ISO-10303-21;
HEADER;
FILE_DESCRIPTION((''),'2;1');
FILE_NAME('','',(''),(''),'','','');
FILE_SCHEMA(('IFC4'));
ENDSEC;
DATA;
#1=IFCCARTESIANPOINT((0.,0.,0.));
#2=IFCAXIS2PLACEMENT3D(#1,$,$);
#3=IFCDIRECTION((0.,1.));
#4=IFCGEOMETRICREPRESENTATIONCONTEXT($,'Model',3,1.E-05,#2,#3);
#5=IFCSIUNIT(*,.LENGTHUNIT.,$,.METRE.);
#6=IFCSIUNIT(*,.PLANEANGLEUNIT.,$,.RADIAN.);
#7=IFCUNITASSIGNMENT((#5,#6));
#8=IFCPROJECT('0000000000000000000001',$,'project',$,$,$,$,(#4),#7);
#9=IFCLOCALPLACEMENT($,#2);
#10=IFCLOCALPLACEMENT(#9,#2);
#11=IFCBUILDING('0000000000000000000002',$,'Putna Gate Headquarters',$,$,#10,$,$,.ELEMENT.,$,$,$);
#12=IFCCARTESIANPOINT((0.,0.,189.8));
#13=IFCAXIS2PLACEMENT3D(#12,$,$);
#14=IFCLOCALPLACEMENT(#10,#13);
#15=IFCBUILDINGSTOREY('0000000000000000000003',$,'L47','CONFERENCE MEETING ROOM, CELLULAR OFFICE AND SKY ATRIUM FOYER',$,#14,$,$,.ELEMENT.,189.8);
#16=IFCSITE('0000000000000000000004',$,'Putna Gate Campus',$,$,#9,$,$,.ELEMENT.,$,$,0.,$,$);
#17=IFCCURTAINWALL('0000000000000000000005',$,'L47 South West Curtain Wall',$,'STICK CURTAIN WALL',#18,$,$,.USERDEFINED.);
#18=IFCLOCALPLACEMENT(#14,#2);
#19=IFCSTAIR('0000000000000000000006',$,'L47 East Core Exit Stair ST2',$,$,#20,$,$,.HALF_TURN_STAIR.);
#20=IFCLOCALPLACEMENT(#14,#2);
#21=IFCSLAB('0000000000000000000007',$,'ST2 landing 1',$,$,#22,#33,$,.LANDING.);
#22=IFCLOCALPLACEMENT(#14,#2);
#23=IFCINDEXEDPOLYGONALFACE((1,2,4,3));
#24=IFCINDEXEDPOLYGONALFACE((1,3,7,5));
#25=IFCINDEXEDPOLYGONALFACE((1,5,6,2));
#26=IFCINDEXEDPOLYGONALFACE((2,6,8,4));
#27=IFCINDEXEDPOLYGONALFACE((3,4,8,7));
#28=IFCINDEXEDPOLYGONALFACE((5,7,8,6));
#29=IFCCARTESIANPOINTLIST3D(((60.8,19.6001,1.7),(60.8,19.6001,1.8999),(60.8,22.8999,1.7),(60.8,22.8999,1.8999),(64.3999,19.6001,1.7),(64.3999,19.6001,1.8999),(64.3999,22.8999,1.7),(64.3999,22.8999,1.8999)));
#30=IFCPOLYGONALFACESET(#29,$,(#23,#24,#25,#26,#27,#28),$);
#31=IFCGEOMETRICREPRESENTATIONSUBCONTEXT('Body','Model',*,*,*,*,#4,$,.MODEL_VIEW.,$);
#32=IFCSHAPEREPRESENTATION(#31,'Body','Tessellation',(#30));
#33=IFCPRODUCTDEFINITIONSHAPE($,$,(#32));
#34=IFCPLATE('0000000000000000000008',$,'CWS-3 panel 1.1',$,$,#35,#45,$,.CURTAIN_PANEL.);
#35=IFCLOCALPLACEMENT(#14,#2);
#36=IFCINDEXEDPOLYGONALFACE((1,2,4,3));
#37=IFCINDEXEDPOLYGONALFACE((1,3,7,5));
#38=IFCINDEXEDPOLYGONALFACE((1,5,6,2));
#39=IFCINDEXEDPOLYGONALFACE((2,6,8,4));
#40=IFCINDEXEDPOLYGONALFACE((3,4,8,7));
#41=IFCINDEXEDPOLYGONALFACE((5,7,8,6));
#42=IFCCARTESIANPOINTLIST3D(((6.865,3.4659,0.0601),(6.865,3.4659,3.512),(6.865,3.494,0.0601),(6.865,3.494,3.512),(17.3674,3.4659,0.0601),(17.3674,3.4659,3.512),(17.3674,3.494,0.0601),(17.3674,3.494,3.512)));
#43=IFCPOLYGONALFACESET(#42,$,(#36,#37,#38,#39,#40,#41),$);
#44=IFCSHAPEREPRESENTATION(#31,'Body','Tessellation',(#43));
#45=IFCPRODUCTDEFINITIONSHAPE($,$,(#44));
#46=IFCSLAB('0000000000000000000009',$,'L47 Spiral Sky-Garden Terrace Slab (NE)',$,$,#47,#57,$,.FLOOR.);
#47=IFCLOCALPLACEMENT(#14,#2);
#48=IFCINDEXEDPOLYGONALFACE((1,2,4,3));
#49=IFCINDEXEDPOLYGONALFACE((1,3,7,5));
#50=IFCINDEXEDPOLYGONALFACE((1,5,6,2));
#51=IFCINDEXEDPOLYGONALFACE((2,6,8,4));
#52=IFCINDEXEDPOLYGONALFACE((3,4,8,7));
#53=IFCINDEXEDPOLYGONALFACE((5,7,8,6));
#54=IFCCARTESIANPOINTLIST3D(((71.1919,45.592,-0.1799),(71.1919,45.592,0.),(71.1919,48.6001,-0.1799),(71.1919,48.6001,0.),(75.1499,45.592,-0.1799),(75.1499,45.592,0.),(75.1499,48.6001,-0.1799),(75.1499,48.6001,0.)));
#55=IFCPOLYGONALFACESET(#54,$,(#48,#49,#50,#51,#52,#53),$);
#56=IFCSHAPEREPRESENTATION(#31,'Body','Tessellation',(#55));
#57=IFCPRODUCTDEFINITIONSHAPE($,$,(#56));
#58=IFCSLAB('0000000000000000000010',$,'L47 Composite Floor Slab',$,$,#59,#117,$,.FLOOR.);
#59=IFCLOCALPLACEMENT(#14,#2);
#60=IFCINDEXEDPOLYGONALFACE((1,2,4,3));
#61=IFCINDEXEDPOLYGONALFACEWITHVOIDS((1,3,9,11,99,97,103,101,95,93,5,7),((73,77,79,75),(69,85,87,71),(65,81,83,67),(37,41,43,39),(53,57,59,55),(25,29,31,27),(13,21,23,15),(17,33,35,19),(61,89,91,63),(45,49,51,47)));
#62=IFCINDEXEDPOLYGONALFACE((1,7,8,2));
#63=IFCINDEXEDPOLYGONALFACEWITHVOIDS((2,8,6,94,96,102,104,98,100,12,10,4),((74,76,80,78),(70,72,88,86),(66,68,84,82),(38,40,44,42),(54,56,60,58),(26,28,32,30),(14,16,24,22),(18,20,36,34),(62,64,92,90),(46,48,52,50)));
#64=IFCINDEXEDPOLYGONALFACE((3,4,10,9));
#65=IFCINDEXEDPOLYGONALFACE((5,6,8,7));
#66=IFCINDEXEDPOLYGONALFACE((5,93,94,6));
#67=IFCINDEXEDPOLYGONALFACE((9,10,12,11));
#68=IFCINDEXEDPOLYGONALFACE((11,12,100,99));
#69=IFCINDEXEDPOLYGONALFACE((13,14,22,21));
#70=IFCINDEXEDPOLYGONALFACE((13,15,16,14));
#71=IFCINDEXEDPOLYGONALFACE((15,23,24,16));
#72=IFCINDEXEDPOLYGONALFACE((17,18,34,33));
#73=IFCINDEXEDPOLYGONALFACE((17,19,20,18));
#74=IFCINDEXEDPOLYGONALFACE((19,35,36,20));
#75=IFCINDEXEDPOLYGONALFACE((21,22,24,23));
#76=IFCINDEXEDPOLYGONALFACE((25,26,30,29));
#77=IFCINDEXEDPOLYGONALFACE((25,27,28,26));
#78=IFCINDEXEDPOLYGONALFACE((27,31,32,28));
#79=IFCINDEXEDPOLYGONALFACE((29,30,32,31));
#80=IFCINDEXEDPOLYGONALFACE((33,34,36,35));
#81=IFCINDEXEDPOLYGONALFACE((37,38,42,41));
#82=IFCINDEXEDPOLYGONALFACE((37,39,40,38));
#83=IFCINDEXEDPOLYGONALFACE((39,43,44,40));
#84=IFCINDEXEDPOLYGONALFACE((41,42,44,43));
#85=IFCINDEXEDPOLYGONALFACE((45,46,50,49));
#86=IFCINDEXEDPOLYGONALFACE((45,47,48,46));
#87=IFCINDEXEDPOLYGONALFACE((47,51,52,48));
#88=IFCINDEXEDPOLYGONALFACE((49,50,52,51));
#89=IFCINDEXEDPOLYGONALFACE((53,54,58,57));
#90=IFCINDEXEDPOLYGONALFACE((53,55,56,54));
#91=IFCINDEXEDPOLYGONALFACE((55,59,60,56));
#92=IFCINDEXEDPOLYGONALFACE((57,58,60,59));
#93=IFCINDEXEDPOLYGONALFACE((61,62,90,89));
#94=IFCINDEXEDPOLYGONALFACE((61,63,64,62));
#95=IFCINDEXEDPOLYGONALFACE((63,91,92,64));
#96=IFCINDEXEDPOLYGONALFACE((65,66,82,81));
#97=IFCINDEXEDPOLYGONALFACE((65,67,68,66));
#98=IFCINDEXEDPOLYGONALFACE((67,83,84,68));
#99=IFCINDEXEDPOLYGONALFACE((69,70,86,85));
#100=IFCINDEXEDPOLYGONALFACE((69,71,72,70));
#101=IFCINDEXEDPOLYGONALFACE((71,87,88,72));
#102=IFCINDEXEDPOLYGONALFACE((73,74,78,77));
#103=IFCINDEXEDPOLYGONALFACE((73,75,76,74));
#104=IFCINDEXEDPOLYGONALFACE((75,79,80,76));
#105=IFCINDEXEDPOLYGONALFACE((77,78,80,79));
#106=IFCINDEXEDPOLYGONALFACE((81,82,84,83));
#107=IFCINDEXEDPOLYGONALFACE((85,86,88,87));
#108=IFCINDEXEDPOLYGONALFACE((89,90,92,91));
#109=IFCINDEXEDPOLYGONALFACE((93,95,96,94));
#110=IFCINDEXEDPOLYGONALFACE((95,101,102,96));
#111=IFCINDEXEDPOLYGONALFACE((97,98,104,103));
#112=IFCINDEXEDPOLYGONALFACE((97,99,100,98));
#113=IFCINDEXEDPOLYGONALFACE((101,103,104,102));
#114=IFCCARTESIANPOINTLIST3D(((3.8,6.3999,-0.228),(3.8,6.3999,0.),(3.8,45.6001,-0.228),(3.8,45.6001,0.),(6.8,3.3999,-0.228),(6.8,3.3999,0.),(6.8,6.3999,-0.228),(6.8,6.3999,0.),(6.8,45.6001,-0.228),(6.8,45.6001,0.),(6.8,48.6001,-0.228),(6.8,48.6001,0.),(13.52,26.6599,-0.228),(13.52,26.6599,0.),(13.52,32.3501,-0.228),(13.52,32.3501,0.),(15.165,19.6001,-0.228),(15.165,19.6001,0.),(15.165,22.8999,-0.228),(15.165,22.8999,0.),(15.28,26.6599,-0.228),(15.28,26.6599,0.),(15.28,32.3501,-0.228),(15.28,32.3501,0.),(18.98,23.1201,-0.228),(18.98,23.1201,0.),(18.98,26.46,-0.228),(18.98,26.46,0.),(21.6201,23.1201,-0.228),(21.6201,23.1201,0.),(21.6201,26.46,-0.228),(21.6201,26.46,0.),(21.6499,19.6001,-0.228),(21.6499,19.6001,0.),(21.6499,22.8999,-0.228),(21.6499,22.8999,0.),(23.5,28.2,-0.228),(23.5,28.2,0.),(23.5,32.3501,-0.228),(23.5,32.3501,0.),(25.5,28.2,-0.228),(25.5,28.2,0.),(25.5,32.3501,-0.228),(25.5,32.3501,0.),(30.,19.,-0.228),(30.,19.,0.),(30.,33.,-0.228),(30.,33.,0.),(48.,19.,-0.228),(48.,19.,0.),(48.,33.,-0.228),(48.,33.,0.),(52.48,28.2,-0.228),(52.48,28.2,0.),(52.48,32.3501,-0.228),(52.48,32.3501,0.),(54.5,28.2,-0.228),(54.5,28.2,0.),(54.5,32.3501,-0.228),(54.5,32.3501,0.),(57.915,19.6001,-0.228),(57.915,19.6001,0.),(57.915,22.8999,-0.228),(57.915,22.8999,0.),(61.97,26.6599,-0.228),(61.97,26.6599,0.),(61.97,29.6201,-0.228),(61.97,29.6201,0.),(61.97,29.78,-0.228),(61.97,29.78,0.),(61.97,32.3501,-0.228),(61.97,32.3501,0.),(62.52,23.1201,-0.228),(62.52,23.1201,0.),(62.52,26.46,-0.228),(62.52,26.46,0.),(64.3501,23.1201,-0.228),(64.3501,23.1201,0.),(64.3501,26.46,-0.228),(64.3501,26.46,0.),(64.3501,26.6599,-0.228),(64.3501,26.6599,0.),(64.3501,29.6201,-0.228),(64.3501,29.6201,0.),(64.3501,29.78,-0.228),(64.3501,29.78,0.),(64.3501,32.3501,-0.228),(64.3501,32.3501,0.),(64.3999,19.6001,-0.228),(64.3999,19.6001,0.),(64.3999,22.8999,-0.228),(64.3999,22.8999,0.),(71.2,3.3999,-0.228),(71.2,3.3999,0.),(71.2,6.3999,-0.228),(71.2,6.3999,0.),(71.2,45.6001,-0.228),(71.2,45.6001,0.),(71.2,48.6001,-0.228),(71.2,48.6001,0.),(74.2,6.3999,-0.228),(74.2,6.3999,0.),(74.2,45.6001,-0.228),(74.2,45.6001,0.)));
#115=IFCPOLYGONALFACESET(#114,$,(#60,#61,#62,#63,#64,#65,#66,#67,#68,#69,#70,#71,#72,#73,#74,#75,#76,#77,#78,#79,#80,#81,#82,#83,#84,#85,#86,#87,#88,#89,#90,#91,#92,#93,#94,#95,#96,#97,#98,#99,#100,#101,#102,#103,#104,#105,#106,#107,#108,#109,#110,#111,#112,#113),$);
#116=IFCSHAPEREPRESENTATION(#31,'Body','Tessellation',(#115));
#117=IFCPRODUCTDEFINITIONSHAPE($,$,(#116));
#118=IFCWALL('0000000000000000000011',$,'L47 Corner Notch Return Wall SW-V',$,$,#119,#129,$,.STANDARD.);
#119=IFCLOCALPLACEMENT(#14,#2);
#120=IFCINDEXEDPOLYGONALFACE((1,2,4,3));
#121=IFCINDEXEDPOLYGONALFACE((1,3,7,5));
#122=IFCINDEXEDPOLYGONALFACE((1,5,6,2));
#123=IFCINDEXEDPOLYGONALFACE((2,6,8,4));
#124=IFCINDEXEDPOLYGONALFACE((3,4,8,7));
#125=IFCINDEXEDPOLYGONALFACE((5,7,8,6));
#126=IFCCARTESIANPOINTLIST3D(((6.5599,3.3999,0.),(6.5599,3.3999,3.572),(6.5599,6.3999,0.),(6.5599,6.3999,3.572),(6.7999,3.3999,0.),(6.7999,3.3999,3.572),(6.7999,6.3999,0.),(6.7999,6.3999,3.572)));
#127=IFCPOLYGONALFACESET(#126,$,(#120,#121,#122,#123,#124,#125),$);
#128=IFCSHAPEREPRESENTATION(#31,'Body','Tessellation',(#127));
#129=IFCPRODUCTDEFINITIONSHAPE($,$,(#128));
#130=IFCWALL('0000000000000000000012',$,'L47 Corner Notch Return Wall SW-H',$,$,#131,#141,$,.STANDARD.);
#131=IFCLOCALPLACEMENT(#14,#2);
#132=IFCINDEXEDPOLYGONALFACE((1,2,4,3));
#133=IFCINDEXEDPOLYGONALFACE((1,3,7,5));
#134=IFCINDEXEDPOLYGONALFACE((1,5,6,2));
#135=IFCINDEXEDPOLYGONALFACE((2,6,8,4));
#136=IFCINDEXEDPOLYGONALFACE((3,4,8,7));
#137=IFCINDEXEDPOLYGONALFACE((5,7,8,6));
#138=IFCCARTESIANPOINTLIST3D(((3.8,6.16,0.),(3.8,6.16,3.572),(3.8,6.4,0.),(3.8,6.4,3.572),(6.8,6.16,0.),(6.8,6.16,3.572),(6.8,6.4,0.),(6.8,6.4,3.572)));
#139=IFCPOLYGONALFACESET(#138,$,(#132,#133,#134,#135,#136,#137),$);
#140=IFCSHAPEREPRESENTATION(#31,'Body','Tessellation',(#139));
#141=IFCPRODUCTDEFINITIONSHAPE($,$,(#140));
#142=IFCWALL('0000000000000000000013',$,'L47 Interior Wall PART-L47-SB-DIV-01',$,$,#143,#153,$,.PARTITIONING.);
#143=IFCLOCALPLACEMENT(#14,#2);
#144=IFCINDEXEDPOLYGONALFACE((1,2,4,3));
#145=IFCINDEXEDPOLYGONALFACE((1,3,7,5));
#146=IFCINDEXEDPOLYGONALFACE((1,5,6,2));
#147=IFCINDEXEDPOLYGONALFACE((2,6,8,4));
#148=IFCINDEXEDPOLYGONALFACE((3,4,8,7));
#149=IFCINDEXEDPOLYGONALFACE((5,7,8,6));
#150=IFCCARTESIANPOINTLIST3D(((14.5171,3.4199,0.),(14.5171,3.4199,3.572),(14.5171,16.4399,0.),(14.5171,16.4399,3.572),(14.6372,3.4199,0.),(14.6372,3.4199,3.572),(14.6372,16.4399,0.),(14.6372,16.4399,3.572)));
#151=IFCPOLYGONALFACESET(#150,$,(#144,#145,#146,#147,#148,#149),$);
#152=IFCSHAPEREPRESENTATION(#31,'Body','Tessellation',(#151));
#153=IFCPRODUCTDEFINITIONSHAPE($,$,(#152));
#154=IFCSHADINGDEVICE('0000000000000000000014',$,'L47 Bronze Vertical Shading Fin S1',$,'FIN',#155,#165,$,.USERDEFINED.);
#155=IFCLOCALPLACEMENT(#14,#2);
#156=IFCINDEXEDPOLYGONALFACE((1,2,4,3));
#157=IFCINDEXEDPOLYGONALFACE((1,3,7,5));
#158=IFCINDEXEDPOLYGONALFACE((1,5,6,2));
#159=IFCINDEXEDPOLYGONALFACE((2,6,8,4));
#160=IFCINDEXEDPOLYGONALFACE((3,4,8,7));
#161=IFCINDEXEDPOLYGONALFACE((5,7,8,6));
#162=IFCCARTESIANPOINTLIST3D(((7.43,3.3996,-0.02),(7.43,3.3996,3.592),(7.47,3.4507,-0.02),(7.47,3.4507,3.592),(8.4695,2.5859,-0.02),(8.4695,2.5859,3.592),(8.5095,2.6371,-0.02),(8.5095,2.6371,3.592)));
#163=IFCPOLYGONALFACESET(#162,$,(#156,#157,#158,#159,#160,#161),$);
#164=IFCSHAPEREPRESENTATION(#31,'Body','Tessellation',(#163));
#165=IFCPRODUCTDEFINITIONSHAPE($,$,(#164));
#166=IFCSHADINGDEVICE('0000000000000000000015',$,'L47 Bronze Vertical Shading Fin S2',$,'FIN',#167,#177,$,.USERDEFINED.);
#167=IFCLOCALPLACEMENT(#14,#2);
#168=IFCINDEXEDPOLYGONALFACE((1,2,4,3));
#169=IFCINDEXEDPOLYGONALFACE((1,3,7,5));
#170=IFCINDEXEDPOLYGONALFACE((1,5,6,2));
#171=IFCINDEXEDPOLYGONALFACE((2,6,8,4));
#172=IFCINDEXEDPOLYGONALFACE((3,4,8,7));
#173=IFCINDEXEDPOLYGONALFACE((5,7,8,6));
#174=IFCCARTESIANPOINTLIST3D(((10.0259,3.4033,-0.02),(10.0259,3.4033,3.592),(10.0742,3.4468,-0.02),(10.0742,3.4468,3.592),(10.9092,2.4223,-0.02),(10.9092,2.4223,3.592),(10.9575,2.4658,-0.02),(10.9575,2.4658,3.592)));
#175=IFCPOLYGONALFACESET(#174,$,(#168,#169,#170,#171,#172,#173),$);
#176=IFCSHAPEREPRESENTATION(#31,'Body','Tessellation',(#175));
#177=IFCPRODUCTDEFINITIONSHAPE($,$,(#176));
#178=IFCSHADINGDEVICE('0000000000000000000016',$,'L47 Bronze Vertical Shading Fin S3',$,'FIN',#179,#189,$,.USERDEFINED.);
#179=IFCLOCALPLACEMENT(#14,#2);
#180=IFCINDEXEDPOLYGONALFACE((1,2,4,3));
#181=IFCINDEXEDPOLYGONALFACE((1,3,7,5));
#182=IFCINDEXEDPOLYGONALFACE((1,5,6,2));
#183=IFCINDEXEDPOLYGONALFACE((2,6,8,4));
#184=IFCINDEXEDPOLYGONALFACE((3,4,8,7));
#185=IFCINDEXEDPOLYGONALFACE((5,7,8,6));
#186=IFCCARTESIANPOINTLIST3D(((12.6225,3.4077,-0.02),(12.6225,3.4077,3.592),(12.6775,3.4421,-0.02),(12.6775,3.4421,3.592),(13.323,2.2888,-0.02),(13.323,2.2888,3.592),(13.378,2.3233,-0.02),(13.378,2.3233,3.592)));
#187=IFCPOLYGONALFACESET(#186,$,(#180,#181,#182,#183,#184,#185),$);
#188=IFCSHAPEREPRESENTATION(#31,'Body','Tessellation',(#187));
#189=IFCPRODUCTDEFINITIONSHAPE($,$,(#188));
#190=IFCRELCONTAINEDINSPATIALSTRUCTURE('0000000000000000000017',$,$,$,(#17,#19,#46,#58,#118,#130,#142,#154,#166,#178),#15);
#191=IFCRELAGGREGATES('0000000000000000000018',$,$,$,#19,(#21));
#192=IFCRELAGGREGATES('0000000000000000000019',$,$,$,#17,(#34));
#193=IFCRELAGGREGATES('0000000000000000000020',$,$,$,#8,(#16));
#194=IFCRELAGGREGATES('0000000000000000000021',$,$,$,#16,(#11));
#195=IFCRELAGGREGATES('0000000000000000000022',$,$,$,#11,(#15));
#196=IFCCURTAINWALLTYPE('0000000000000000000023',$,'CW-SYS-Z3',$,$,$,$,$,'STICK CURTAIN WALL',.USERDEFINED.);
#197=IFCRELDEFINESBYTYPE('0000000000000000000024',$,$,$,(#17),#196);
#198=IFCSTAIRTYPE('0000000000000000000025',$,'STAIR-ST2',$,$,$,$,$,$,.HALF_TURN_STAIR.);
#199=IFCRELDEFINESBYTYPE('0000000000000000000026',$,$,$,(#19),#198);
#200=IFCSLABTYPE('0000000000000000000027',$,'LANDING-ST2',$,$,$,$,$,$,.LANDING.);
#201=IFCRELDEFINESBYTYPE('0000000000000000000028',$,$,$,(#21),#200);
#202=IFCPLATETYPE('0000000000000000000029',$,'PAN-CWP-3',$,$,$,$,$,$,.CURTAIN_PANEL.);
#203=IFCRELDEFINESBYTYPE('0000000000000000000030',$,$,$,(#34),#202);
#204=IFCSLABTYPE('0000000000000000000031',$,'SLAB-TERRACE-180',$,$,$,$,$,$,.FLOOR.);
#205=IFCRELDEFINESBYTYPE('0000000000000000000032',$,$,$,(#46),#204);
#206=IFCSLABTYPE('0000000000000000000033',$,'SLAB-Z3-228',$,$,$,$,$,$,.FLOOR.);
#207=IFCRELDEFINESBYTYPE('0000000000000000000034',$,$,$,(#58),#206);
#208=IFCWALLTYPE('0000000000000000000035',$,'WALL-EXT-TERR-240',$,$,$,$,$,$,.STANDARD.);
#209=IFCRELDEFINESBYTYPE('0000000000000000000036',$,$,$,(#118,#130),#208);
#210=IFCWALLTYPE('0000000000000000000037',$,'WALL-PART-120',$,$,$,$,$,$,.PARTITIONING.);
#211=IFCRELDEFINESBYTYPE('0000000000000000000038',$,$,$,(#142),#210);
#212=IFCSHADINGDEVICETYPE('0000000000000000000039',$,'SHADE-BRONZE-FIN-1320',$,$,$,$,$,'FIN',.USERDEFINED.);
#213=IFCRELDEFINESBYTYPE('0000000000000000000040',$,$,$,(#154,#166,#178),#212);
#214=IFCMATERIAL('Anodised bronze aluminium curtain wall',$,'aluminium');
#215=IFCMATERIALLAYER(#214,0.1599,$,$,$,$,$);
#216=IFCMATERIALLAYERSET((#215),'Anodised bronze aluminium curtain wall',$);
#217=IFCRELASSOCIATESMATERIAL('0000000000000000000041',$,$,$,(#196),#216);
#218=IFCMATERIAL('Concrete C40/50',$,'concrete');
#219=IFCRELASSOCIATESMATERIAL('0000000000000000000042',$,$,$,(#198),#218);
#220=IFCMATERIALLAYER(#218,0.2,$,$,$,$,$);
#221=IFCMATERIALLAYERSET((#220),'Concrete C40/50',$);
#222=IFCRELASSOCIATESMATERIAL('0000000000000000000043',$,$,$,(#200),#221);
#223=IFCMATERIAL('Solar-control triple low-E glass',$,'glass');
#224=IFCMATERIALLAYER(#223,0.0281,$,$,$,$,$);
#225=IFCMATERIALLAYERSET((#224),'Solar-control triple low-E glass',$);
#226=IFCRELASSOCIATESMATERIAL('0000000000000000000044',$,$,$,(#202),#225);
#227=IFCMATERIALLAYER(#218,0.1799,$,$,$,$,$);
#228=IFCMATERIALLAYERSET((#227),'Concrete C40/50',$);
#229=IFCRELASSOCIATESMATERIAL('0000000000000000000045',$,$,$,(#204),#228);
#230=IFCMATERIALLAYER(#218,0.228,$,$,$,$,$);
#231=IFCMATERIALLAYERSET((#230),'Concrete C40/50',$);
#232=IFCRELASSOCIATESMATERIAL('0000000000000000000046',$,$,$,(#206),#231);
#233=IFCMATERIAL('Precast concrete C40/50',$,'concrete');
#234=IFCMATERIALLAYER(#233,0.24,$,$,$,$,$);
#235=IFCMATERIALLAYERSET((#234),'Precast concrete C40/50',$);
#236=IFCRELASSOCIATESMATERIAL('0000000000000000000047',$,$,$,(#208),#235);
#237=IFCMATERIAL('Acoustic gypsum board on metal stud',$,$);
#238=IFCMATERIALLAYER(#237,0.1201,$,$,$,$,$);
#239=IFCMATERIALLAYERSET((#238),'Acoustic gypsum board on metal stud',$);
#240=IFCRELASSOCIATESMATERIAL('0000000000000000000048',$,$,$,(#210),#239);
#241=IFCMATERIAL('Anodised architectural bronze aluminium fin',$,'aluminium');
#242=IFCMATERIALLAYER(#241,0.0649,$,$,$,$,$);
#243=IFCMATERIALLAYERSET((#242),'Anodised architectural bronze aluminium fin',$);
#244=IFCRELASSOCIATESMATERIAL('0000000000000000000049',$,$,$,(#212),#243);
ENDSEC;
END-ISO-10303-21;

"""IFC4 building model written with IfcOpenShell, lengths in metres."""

from ifc_helpers import new_model, si_unit, direction, frame, frame_2d, origin, origin_2d, place, context, subcontext, project, spatial, polyline, rectangle, outline, extrude, material, layer, layer_set, type_object, element, aggregate, save


model = new_model("IFC4")

# Units and contexts
model_context = context("Model", 3, precision=1e-05, world=origin(), true_north=direction((0.0, 1.0)))
body_context = subcontext(model_context, "Body", "Model", "MODEL_VIEW")
ifc_project = project(units=[si_unit("LENGTHUNIT", "METRE"), si_unit("PLANEANGLEUNIT", "RADIAN")], contexts=[model_context])

# Site, building, storey
site_placement = place(None, origin())
site = spatial("IfcSite", under=ifc_project, at=site_placement, Name="Putna Gate Campus", CompositionType="ELEMENT", RefElevation=0.0)
building_placement = place(site_placement, origin())
building = spatial("IfcBuilding", under=site, at=building_placement, Name="Putna Gate Headquarters", CompositionType="ELEMENT")
storey_placement = place(building_placement, frame((0.0, 0.0, 189.8)))
storey = spatial("IfcBuildingStorey", under=building, at=storey_placement, Name="L47", Description="CONFERENCE MEETING ROOM, CELLULAR OFFICE AND SKY ATRIUM FOYER", CompositionType="ELEMENT", Elevation=189.8)

# Curtain wall
ifc_material_1 = material(Name="Anodised bronze aluminium curtain wall", Category="aluminium")
ifc_layer_1 = layer(ifc_material_1, 0.1599)
ifc_layer_set_1 = layer_set([ifc_layer_1], Name="Anodised bronze aluminium curtain wall")
curtain_wall_type = type_object("IfcCurtainWallType", Name="CW-SYS-Z3", ElementType="STICK CURTAIN WALL", PredefinedType="USERDEFINED", material=ifc_layer_set_1)
curtain_wall_1_placement = place(storey_placement, origin())
curtain_wall_1 = element("IfcCurtainWall", 1, at=curtain_wall_1_placement, inside=storey, type_object=curtain_wall_type, Name="L47 South West Curtain Wall", ObjectType="STICK CURTAIN WALL", PredefinedType="USERDEFINED")

# Stair, slab
ifc_material_2 = material(Name="Concrete C40/50", Category="concrete")
stair_type_1 = type_object("IfcStairType", Name="STAIR-ST2", PredefinedType="HALF_TURN_STAIR", material=ifc_material_2)
stair_1_placement = place(storey_placement, origin())
stair_1 = element("IfcStair", 2, at=stair_1_placement, inside=storey, type_object=stair_type_1, Name="L47 East Core Exit Stair ST2", PredefinedType="HALF_TURN_STAIR")
ifc_layer_2 = layer(ifc_material_2, 0.2)
ifc_layer_set_2 = layer_set([ifc_layer_2], Name="Concrete C40/50")
slab_type_1 = type_object("IfcSlabType", Name="LANDING-ST2", PredefinedType="LANDING", material=ifc_layer_set_2)
slab_1_placement = place(storey_placement, frame((0.0, 0.0, 1.7)))
slab_1 = element("IfcSlab", 3, at=slab_1_placement, type_object=slab_type_1, Name="ST2 landing 1", PredefinedType="LANDING", context=body_context, shape_type="SweptSolid", body=[
    extrude(outline(polyline([(60.8, 19.6001), (64.3999, 19.6001), (64.3999, 22.8999), (60.8, 22.8999), (60.8, 19.6001)])), origin(), (0.0, 0.0, 1.0), 0.2),
])
aggregate(stair_1, [slab_1])

# Plate
ifc_material_3 = material(Name="Solar-control triple low-E glass", Category="glass")
ifc_layer_3 = layer(ifc_material_3, 0.0281)
ifc_layer_set_3 = layer_set([ifc_layer_3], Name="Solar-control triple low-E glass")
plate_type = type_object("IfcPlateType", Name="PAN-CWP-3", PredefinedType="CURTAIN_PANEL", material=ifc_layer_set_3)
plate_placement = place(storey_placement, frame((12.1162, 3.48, 0.0601), z_axis=(0.0, 0.0, 1.0), x_axis=(1.0, 0.0, 0.0)))
plate = element("IfcPlate", 4, at=plate_placement, type_object=plate_type, Name="CWS-3 panel 1.1", PredefinedType="CURTAIN_PANEL", context=body_context, shape_type="SweptSolid", body=[
    extrude(rectangle(XDim=10.5024, YDim=0.0281, at=origin_2d()), origin(), (0.0, 0.0, 1.0), 3.4519),
])
aggregate(curtain_wall_1, [plate])

# Slabs
ifc_layer_4 = layer(ifc_material_2, 0.1799)
ifc_layer_set_4 = layer_set([ifc_layer_4], Name="Concrete C40/50")
slab_type_2 = type_object("IfcSlabType", Name="SLAB-TERRACE-180", PredefinedType="FLOOR", material=ifc_layer_set_4)
slab_2_placement = place(storey_placement, frame((0.0, 0.0, -0.1799)))
element("IfcSlab", 5, at=slab_2_placement, inside=storey, type_object=slab_type_2, Name="L47 Spiral Sky-Garden Terrace Slab (NE)", PredefinedType="FLOOR", context=body_context, shape_type="SweptSolid", body=[
    extrude(outline(polyline([(71.1919, 45.592), (75.1499, 45.592), (75.1499, 48.6001), (71.1919, 48.6001), (71.1919, 45.592)])), origin(), (0.0, 0.0, 1.0), 0.1799),
])
ifc_layer_5 = layer(ifc_material_2, 0.228)
ifc_layer_set_5 = layer_set([ifc_layer_5], Name="Concrete C40/50")
slab_type_3 = type_object("IfcSlabType", Name="SLAB-Z3-228", PredefinedType="FLOOR", material=ifc_layer_set_5)
slab_3_placement = place(storey_placement, frame((0.0, 0.0, -0.228)))
element("IfcSlab", 6, at=slab_3_placement, inside=storey, type_object=slab_type_3, Name="L47 Composite Floor Slab", PredefinedType="FLOOR", context=body_context, shape_type="SweptSolid", body=[
    extrude(outline(polyline([(6.8, 3.3999), (71.2, 3.3999), (71.2, 6.3999), (74.2, 6.3999), (74.2, 45.6001), (71.2, 45.6001), (71.2, 48.6001), (6.8, 48.6001), (6.8, 45.6001), (3.8, 45.6001), (3.8, 6.3999), (6.8, 6.3999), (6.8, 3.3999)]), holes=[polyline([(15.165, 19.6001), (21.6499, 19.6001), (21.6499, 22.8999), (15.165, 22.8999), (15.165, 19.6001)]), polyline([(57.915, 19.6001), (64.3999, 19.6001), (64.3999, 22.8999), (57.915, 22.8999), (57.915, 19.6001)]), polyline([(13.52, 26.6599), (15.28, 26.6599), (15.28, 32.3501), (13.52, 32.3501), (13.52, 26.6599)]), polyline([(61.97, 29.78), (64.3501, 29.78), (64.3501, 32.3501), (61.97, 32.3501), (61.97, 29.78)]), polyline([(18.98, 23.1201), (21.6201, 23.1201), (21.6201, 26.46), (18.98, 26.46), (18.98, 23.1201)]), polyline([(62.52, 23.1201), (64.3501, 23.1201), (64.3501, 26.46), (62.52, 26.46), (62.52, 23.1201)]), polyline([(61.97, 26.6599), (64.3501, 26.6599), (64.3501, 29.6201), (61.97, 29.6201), (61.97, 26.6599)]), polyline([(23.5, 28.2), (25.5, 28.2), (25.5, 32.3501), (23.5, 32.3501), (23.5, 28.2)]), polyline([(52.48, 28.2), (54.5, 28.2), (54.5, 32.3501), (52.48, 32.3501), (52.48, 28.2)]), polyline([(30.0, 19.0), (48.0, 19.0), (48.0, 33.0), (30.0, 33.0), (30.0, 19.0)])]), origin(), (0.0, 0.0, 1.0), 0.228),
])

# Walls
ifc_material_4 = material(Name="Precast concrete C40/50", Category="concrete")
ifc_layer_6 = layer(ifc_material_4, 0.24)
ifc_layer_set_6 = layer_set([ifc_layer_6], Name="Precast concrete C40/50")
wall_type_1 = type_object("IfcWallType", Name="WALL-EXT-TERR-240", PredefinedType="STANDARD", material=ifc_layer_set_6)
for number, where, z_axis, x_axis, name in (
    (7, (6.6799, 3.3999, 0.0), (0.0, 0.0, 1.0), (0.0, 1.0, 0.0), "L47 Corner Notch Return Wall SW-V"),
    (8, (6.8, 6.28, 0.0), (0.0, 0.0, 1.0), (-1.0, 0.0, 0.0), "L47 Corner Notch Return Wall SW-H"),
):
    element("IfcWall", number, at=place(storey_placement, frame(where, z_axis=z_axis, x_axis=x_axis)), inside=storey, type_object=wall_type_1, Name=name, PredefinedType="STANDARD", context=body_context, shape_type="SweptSolid", body=[
        extrude(rectangle(XDim=3.0, YDim=0.24, at=frame_2d((1.5, 0.0))), origin(), (0.0, 0.0, 1.0), 3.572),
    ])
ifc_material_5 = material(Name="Acoustic gypsum board on metal stud")
ifc_layer_7 = layer(ifc_material_5, 0.1201)
ifc_layer_set_7 = layer_set([ifc_layer_7], Name="Acoustic gypsum board on metal stud")
wall_type_2 = type_object("IfcWallType", Name="WALL-PART-120", PredefinedType="PARTITIONING", material=ifc_layer_set_7)
wall_placement = place(storey_placement, frame((14.5771, 3.4199, 0.0), z_axis=(0.0, 0.0, 1.0), x_axis=(0.0, 1.0, 0.0)))
element("IfcWall", 9, at=wall_placement, inside=storey, type_object=wall_type_2, Name="L47 Interior Wall PART-L47-SB-DIV-01", PredefinedType="PARTITIONING", context=body_context, shape_type="SweptSolid", body=[
    extrude(rectangle(XDim=13.02, YDim=0.1201, at=frame_2d((6.51, 0.0))), origin(), (0.0, 0.0, 1.0), 3.572),
])

# Shading devices
ifc_material_6 = material(Name="Anodised architectural bronze aluminium fin", Category="aluminium")
ifc_layer_8 = layer(ifc_material_6, 0.0649)
ifc_layer_set_8 = layer_set([ifc_layer_8], Name="Anodised architectural bronze aluminium fin")
shading_device_type = type_object("IfcShadingDeviceType", Name="SHADE-BRONZE-FIN-1320", ElementType="FIN", PredefinedType="USERDEFINED", material=ifc_layer_set_8)
for number, where, z_axis, x_axis, name in (
    (10, (7.9697, 3.0183, -0.02), (0.0, 0.0, 1.0), (0.787473, -0.616349, 0.0), "L47 Bronze Vertical Shading Fin S1"),
    (11, (10.4917, 2.9346, -0.02), (0.0, 0.0, 1.0), (0.669131, -0.743145, 0.0), "L47 Bronze Vertical Shading Fin S2"),
    (12, (13.0002, 2.8655, -0.02), (0.0, 0.0, 1.0), (0.530659, -0.847585, 0.0), "L47 Bronze Vertical Shading Fin S3"),
):
    element("IfcShadingDevice", number, at=place(storey_placement, frame(where, z_axis=z_axis, x_axis=x_axis)), inside=storey, type_object=shading_device_type, Name=name, ObjectType="FIN", PredefinedType="USERDEFINED", context=body_context, shape_type="SweptSolid", body=[
        extrude(rectangle(XDim=1.3201, YDim=0.0649, at=origin_2d()), origin(), (0.0, 0.0, 1.0), 3.6121),
    ])

save(model, "model.ifc")
